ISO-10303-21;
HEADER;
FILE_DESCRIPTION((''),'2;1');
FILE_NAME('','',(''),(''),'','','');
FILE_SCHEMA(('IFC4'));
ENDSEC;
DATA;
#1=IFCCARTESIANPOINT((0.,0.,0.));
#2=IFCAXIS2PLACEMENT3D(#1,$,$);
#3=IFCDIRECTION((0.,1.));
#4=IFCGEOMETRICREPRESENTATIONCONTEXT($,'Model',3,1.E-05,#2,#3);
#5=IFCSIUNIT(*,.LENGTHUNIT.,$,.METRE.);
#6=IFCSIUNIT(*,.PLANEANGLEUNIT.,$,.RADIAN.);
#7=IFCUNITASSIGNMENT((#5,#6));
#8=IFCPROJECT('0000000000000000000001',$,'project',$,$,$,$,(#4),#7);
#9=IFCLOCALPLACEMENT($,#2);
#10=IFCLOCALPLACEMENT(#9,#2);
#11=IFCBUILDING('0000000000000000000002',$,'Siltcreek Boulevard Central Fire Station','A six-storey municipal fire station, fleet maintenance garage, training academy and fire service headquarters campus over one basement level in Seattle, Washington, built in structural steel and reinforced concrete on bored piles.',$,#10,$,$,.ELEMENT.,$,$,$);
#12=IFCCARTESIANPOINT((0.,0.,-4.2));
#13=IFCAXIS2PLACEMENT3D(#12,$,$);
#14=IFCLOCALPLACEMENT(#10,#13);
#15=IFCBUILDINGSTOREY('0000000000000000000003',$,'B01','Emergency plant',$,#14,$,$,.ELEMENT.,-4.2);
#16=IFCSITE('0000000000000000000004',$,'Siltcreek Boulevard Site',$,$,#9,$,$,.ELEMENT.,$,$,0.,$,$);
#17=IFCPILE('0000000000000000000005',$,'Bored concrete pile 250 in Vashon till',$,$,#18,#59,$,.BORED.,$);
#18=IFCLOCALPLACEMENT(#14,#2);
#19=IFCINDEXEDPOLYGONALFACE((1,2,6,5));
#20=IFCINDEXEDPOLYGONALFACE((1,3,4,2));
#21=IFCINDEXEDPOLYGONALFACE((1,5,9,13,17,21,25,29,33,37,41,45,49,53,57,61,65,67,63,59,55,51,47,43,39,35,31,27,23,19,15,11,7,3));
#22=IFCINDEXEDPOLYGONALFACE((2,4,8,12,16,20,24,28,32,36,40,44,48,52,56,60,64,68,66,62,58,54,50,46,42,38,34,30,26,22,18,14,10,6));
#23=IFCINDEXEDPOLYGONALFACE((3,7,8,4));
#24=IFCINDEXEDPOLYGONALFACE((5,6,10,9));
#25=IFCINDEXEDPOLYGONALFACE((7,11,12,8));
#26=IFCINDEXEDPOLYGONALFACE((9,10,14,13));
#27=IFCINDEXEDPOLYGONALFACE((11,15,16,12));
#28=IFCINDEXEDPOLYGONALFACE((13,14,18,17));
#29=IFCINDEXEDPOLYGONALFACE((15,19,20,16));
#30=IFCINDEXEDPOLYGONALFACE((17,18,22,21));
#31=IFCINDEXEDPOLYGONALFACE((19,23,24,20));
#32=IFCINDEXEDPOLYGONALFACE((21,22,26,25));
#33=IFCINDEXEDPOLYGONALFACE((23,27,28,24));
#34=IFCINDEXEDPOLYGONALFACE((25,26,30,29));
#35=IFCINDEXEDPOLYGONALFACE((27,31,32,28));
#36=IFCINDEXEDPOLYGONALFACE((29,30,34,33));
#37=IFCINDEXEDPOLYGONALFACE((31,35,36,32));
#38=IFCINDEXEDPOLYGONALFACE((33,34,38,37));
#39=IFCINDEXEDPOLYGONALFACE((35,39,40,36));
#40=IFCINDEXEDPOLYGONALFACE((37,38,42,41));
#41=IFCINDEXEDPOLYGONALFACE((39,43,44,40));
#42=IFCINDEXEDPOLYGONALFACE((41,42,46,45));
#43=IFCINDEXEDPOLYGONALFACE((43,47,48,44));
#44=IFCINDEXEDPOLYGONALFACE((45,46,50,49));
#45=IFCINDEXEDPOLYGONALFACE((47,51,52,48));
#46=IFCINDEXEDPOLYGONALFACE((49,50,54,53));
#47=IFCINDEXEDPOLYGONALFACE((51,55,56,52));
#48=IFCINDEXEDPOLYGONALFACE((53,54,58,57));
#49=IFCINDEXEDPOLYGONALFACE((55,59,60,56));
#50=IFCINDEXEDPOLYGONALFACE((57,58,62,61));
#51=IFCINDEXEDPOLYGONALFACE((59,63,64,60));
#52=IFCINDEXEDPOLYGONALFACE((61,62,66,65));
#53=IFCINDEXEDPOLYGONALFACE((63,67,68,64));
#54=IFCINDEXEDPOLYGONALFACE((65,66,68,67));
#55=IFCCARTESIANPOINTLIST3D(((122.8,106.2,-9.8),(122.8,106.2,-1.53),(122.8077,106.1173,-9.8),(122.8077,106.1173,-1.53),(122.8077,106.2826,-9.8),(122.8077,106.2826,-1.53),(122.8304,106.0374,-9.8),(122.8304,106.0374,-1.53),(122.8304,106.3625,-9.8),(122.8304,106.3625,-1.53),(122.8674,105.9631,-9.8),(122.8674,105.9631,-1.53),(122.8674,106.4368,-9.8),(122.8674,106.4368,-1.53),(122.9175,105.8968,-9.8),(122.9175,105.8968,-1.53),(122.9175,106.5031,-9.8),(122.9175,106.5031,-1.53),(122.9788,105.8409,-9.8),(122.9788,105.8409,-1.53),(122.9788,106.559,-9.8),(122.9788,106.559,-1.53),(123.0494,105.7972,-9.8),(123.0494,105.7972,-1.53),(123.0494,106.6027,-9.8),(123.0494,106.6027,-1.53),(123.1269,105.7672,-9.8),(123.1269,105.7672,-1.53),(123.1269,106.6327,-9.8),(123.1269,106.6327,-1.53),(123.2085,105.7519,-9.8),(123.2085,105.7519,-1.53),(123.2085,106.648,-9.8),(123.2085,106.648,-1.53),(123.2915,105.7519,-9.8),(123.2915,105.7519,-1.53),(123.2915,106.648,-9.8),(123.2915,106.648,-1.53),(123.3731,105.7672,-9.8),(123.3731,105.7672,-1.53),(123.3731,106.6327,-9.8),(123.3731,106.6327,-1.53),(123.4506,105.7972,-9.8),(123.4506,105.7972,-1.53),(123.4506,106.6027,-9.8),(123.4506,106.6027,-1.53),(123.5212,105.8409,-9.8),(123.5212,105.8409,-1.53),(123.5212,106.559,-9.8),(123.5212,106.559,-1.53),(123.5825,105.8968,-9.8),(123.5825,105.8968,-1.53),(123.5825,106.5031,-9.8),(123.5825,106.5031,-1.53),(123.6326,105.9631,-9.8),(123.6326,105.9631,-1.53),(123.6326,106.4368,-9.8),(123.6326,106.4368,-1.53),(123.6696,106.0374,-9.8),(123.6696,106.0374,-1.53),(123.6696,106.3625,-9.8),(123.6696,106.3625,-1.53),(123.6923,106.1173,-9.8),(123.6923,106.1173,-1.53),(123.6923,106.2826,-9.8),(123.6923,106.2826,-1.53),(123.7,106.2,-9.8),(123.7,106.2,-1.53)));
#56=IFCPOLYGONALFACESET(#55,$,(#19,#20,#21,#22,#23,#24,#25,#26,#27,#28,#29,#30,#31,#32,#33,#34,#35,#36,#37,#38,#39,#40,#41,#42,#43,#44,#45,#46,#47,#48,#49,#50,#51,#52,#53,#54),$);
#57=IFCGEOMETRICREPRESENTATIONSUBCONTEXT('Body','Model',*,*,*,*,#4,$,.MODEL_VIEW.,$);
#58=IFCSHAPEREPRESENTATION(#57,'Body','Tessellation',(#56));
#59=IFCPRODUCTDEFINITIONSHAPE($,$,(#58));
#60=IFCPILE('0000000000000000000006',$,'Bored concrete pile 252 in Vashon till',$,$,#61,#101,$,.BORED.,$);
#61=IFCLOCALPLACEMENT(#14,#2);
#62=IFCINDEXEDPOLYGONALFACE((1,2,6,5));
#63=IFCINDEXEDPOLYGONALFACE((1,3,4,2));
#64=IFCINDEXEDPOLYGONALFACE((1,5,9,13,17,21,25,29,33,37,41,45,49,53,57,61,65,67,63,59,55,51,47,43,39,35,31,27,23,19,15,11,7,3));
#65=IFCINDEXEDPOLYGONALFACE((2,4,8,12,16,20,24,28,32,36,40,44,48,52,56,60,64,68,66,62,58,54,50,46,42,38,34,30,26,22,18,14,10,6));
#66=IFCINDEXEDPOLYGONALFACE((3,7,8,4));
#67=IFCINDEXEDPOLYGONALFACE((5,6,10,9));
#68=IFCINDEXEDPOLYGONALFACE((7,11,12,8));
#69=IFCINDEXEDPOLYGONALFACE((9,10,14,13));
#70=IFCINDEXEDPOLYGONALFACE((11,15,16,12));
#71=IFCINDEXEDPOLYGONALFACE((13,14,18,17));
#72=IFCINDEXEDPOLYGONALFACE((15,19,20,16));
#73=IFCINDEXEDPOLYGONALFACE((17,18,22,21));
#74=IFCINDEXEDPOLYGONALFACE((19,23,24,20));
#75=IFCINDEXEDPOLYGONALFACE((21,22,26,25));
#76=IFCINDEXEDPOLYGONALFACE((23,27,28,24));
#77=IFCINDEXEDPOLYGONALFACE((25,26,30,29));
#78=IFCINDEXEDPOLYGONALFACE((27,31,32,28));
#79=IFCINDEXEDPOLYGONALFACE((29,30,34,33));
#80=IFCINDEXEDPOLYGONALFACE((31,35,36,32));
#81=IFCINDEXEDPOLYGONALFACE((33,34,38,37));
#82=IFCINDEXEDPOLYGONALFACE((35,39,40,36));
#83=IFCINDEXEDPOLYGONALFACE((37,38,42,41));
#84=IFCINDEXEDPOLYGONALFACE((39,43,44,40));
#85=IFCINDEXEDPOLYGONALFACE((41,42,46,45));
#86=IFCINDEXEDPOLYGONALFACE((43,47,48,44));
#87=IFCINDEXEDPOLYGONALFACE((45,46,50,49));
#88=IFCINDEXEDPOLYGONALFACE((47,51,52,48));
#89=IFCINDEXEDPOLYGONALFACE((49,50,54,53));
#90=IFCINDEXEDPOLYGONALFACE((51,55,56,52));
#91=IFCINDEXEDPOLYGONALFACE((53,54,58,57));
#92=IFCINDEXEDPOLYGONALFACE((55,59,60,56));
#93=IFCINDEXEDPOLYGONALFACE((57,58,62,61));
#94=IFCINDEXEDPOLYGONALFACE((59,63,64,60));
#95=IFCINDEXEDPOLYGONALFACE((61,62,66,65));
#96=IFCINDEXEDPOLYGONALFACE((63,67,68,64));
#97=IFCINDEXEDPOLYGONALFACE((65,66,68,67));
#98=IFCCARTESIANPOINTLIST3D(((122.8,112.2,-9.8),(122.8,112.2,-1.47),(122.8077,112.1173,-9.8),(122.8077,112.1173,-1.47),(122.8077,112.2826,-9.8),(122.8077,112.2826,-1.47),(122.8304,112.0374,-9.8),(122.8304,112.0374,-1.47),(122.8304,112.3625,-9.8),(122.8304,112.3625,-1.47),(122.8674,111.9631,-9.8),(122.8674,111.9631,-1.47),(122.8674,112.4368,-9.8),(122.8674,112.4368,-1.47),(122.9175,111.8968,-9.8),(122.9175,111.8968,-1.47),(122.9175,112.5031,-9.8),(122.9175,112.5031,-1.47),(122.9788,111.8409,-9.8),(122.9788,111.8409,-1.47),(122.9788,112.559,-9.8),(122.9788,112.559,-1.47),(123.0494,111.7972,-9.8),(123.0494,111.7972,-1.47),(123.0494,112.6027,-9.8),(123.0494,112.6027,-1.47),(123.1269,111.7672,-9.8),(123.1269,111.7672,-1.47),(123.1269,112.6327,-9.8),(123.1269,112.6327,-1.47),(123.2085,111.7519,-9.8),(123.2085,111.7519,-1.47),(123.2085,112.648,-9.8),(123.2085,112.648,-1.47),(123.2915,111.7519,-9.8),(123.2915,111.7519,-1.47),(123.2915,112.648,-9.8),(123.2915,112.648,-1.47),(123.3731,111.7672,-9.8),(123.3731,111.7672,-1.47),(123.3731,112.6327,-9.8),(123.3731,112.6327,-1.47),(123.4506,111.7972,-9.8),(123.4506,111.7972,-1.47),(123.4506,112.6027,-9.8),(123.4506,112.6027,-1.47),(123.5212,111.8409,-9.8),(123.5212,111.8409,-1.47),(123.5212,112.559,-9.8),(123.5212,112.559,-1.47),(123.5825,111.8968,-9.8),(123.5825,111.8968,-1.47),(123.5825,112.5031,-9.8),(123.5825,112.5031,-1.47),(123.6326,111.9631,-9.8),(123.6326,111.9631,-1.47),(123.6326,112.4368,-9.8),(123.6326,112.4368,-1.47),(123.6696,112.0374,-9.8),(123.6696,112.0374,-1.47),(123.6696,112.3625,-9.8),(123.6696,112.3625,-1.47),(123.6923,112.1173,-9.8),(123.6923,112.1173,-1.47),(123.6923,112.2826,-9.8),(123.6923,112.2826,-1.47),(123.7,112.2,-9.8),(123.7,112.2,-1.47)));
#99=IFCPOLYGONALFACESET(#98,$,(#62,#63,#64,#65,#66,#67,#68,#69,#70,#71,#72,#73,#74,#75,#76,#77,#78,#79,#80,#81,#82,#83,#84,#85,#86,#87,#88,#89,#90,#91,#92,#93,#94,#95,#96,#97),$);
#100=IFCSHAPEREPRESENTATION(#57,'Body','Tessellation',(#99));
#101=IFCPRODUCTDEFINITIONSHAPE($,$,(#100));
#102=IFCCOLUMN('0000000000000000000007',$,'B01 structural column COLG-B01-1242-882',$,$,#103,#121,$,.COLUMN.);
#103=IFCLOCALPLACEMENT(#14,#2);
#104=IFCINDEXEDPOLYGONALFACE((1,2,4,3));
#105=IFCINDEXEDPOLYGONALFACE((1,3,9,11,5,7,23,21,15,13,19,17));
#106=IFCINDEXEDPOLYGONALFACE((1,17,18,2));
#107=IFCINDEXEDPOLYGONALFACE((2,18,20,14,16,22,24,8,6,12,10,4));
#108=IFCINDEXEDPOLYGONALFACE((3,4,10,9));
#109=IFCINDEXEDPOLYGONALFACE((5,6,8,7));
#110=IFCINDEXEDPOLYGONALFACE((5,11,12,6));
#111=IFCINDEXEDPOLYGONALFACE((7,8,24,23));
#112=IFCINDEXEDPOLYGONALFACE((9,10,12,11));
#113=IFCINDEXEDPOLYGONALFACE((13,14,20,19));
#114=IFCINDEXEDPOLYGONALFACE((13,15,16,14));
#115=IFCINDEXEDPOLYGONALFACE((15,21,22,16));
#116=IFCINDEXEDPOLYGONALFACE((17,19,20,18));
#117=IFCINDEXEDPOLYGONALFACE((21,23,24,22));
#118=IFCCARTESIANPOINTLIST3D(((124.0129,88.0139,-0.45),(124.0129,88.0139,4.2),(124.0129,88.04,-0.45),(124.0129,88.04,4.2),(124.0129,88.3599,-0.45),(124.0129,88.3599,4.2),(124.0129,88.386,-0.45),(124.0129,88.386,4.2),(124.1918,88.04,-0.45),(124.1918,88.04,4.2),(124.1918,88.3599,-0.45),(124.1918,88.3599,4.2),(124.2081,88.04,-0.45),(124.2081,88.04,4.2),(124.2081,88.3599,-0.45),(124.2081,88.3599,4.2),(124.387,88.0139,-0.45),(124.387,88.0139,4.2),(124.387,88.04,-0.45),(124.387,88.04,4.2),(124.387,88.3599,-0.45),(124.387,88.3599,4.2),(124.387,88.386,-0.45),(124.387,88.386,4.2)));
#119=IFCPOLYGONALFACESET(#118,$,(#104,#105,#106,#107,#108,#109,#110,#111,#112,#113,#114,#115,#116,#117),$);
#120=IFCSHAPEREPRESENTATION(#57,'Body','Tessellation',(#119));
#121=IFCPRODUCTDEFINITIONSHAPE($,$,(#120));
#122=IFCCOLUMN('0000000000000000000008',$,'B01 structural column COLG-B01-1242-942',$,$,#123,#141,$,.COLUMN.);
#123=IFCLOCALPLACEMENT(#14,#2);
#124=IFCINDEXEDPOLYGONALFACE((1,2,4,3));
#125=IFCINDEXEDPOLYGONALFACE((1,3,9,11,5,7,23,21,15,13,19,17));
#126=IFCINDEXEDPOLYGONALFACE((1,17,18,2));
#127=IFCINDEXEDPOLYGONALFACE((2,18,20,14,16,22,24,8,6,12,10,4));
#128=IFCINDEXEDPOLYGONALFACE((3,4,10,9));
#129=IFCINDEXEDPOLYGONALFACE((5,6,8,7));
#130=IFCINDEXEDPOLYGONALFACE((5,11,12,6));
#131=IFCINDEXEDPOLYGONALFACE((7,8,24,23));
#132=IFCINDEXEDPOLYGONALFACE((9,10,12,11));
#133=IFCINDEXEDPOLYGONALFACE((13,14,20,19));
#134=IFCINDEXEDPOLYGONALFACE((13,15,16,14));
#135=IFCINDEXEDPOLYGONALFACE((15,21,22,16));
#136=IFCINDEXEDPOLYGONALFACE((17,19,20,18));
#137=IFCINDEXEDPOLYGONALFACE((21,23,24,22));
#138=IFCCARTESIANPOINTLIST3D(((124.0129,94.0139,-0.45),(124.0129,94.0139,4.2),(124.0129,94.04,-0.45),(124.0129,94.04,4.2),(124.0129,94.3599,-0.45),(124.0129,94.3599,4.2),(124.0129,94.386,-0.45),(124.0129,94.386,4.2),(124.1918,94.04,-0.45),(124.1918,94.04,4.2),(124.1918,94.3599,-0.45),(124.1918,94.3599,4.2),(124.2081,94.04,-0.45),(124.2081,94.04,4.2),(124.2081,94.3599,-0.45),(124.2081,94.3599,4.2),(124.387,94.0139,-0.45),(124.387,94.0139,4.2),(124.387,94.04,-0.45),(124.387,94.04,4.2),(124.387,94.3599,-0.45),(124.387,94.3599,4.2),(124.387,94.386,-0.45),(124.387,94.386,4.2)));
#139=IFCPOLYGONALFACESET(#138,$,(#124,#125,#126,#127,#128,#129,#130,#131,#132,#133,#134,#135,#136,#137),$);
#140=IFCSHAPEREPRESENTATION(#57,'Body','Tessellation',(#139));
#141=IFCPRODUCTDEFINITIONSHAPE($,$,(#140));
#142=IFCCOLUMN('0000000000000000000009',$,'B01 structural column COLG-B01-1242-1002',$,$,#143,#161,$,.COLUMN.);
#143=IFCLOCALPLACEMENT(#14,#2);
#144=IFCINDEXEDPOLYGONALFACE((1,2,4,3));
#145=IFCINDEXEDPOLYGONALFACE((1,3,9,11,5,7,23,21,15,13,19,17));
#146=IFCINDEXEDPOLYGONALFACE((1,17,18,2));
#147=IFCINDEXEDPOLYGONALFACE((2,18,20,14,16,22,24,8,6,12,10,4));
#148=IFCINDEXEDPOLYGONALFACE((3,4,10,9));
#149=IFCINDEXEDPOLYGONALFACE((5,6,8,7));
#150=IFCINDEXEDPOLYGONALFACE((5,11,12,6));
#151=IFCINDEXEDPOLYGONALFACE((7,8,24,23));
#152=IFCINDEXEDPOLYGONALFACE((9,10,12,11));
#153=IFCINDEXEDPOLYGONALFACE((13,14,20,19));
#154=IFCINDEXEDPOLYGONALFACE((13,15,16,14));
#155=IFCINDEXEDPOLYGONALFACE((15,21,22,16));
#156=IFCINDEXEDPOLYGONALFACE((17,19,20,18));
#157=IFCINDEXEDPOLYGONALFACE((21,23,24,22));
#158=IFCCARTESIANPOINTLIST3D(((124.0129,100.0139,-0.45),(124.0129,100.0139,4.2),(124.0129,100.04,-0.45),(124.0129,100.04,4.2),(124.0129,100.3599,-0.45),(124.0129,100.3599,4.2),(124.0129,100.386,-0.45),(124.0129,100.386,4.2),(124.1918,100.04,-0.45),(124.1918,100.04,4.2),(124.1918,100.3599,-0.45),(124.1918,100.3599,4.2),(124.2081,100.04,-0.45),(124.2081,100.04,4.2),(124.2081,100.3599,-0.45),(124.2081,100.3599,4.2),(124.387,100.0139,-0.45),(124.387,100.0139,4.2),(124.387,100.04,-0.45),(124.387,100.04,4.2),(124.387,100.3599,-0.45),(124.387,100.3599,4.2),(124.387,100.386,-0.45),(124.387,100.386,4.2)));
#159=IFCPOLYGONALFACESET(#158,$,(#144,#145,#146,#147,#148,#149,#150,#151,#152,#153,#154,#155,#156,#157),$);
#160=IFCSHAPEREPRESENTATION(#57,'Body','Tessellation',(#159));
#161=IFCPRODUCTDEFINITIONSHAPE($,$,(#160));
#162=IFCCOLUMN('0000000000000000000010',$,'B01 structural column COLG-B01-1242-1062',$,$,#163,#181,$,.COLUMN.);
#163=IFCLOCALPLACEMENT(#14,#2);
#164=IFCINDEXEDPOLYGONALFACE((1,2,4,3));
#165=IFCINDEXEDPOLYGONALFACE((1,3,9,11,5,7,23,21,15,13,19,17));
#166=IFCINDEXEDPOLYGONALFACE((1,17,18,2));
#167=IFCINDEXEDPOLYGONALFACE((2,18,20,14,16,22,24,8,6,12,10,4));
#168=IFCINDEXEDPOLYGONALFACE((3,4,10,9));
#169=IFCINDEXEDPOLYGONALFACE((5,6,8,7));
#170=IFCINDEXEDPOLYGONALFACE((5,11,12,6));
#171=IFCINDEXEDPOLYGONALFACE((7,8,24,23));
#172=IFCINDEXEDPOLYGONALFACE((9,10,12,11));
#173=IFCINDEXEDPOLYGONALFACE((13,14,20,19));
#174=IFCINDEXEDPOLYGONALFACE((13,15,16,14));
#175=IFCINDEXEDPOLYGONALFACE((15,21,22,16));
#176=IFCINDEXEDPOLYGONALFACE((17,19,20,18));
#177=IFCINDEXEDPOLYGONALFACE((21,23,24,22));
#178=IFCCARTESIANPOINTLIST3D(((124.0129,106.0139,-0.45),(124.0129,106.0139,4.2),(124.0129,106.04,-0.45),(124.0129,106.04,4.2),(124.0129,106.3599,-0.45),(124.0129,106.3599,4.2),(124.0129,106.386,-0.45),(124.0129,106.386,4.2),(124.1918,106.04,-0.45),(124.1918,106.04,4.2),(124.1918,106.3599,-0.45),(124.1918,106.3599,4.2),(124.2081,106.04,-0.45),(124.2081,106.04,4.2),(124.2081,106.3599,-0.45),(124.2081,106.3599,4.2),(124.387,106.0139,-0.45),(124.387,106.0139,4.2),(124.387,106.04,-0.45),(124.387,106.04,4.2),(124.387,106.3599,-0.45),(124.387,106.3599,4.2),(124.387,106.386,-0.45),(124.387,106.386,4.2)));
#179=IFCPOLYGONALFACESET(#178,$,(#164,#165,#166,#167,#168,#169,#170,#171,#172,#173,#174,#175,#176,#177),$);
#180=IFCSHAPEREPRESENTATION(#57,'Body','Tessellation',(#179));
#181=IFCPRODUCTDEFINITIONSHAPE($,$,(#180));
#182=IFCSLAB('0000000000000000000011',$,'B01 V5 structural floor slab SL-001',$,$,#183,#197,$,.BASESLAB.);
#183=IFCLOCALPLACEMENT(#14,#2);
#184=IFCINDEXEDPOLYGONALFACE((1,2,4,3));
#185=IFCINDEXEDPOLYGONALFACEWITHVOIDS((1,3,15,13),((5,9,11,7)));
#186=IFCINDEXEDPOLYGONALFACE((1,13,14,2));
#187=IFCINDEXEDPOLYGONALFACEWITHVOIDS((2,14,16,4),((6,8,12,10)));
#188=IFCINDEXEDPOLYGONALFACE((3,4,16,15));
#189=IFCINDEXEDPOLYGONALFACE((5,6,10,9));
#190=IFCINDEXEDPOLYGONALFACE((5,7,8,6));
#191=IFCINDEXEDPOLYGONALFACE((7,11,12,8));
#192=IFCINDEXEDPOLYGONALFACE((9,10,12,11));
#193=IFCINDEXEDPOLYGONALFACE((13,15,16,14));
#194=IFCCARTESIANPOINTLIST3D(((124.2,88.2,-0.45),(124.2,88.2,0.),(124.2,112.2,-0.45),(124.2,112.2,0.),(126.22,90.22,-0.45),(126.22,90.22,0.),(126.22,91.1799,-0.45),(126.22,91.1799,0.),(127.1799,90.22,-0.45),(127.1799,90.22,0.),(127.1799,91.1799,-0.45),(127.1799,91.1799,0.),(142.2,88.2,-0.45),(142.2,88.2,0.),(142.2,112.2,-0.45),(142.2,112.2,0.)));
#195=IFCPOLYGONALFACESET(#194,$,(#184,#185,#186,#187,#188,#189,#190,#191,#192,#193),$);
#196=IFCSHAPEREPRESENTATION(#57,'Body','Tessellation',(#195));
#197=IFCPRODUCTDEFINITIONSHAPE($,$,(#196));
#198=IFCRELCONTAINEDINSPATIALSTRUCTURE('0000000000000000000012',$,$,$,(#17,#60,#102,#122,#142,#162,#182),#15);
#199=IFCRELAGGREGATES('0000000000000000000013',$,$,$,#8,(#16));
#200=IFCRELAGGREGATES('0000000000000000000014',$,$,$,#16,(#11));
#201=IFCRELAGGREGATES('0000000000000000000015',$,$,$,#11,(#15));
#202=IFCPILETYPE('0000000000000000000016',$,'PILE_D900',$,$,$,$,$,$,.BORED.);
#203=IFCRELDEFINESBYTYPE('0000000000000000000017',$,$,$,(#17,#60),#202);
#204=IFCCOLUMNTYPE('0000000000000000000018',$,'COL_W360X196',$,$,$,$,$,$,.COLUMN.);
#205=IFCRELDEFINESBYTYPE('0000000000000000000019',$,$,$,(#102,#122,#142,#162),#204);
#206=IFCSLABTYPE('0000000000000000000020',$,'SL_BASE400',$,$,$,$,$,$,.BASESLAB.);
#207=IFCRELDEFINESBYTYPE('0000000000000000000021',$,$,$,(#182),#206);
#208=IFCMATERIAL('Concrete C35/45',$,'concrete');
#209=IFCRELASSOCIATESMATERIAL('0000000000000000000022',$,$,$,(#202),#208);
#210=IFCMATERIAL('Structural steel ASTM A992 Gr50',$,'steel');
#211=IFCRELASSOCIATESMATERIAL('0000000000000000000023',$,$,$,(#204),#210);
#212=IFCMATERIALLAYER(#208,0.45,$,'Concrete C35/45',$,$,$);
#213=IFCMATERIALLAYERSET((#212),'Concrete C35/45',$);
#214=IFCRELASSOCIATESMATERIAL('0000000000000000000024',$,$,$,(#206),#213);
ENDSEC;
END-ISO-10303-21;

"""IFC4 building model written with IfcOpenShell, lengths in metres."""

from ifc_helpers import new_model, si_unit, direction, frame, origin, origin_2d, place, context, subcontext, project, spatial, polyline, circle, i_section, outline, extrude, material, layer, layer_set, material_profile, profile_set, type_object, element, save


model = new_model("IFC4")

# Units and contexts
model_context = context("Model", 3, precision=1e-05, world=origin(), true_north=direction((0.0, 1.0)))
body_context = subcontext(model_context, "Body", "Model", "MODEL_VIEW")
ifc_project = project(units=[si_unit("LENGTHUNIT", "METRE"), si_unit("PLANEANGLEUNIT", "RADIAN")], contexts=[model_context])

# Site, building, storey
site_placement = place(None, origin())
site = spatial("IfcSite", under=ifc_project, at=site_placement, Name="Siltcreek Boulevard Site", CompositionType="ELEMENT", RefElevation=0.0)
building_placement = place(site_placement, origin())
building = spatial("IfcBuilding", under=site, at=building_placement, Name="Siltcreek Boulevard Central Fire Station", Description="A six-storey municipal fire station, fleet maintenance garage, training academy and fire service headquarters campus over one basement level in Seattle, Washington, built in structural steel and reinforced concrete on bored piles.", CompositionType="ELEMENT")
storey_placement = place(building_placement, frame((0.0, 0.0, -4.2)))
storey = spatial("IfcBuildingStorey", under=building, at=storey_placement, Name="B01", Description="Emergency plant", CompositionType="ELEMENT", Elevation=-4.2)

# Shared definitions
ifc_material_1 = material(Name="Concrete C35/45", Category="concrete")

# Piles
ifc_material_profile_1 = material_profile(ifc_material_1, circle(Radius=0.45, at=origin_2d()), Name="SHAFT900")
ifc_profile_set_1 = profile_set([ifc_material_profile_1], Name="Concrete C35/45")
pile_type_1 = type_object("IfcPileType", Name="PILE_D900", PredefinedType="BORED", material=ifc_profile_set_1)
pile_1_placement = place(storey_placement, frame((123.25, 106.2, -1.53), z_axis=(0.0, 0.0, -1.0), x_axis=(1.0, 0.0, 0.0)))
element("IfcPile", 1, at=pile_1_placement, inside=storey, type_object=pile_type_1, Name="Bored concrete pile 250 in Vashon till", PredefinedType="BORED", context=body_context, shape_type="SweptSolid", body=[
    extrude(circle(Radius=0.45, at=origin_2d()), origin(), (0.0, 0.0, 1.0), 8.27),
])
pile_2_placement = place(storey_placement, frame((123.25, 112.2, -1.47), z_axis=(0.0, 0.0, -1.0), x_axis=(1.0, 0.0, 0.0)))
element("IfcPile", 2, at=pile_2_placement, inside=storey, type_object=pile_type_1, Name="Bored concrete pile 252 in Vashon till", PredefinedType="BORED", context=body_context, shape_type="SweptSolid", body=[
    extrude(circle(Radius=0.45, at=origin_2d()), origin(), (0.0, 0.0, 1.0), 8.3301),
])

# Columns
ifc_material_2 = material(Name="Structural steel ASTM A992 Gr50", Category="steel")
ifc_material_profile_2 = material_profile(ifc_material_2, i_section(OverallWidth=0.374, OverallDepth=0.3721, WebThickness=0.0164, FlangeThickness=0.0261, at=origin_2d()), Name="W360X196")
ifc_profile_set_2 = profile_set([ifc_material_profile_2], Name="Structural steel ASTM A992 Gr50")
column_type = type_object("IfcColumnType", Name="COL_W360X196", PredefinedType="COLUMN", material=ifc_profile_set_2)
for number, where, z_axis, x_axis, name in (
    (3, (124.2, 88.2, -0.45), (0.0, 0.0, 1.0), (1.0, 0.0, 0.0), "B01 structural column COLG-B01-1242-882"),
    (4, (124.2, 94.2, -0.45), (0.0, 0.0, 1.0), (1.0, 0.0, 0.0), "B01 structural column COLG-B01-1242-942"),
    (5, (124.2, 100.2, -0.45), (0.0, 0.0, 1.0), (1.0, 0.0, 0.0), "B01 structural column COLG-B01-1242-1002"),
    (6, (124.2, 106.2, -0.45), (0.0, 0.0, 1.0), (1.0, 0.0, 0.0), "B01 structural column COLG-B01-1242-1062"),
):
    element("IfcColumn", number, at=place(storey_placement, frame(where, z_axis=z_axis, x_axis=x_axis)), inside=storey, type_object=column_type, Name=name, PredefinedType="COLUMN", context=body_context, shape_type="SweptSolid", body=[
        extrude(i_section(OverallWidth=0.374, OverallDepth=0.3721, WebThickness=0.0164, FlangeThickness=0.0261, at=origin_2d()), origin(), (0.0, 0.0, 1.0), 4.6499),
    ])

# Slab
ifc_layer_1 = layer(ifc_material_1, 0.45, Name="Concrete C35/45")
ifc_layer_set_1 = layer_set([ifc_layer_1], Name="Concrete C35/45")
slab_type_1 = type_object("IfcSlabType", Name="SL_BASE400", PredefinedType="BASESLAB", material=ifc_layer_set_1)
slab_1_placement = place(storey_placement, frame((0.0, 0.0, -0.45)))
element("IfcSlab", 7, at=slab_1_placement, inside=storey, type_object=slab_type_1, Name="B01 V5 structural floor slab SL-001", PredefinedType="BASESLAB", context=body_context, shape_type="SweptSolid", body=[
    extrude(outline(polyline([(124.2, 112.2), (142.2, 112.2), (142.2, 88.2), (124.2, 88.2), (124.2, 112.2)]), holes=[polyline([(127.1799, 91.1799), (126.22, 91.1799), (126.22, 90.22), (127.1799, 90.22), (127.1799, 91.1799)])]), origin(), (0.0, 0.0, 1.0), 0.45),
])

save(model, "model.ifc")
